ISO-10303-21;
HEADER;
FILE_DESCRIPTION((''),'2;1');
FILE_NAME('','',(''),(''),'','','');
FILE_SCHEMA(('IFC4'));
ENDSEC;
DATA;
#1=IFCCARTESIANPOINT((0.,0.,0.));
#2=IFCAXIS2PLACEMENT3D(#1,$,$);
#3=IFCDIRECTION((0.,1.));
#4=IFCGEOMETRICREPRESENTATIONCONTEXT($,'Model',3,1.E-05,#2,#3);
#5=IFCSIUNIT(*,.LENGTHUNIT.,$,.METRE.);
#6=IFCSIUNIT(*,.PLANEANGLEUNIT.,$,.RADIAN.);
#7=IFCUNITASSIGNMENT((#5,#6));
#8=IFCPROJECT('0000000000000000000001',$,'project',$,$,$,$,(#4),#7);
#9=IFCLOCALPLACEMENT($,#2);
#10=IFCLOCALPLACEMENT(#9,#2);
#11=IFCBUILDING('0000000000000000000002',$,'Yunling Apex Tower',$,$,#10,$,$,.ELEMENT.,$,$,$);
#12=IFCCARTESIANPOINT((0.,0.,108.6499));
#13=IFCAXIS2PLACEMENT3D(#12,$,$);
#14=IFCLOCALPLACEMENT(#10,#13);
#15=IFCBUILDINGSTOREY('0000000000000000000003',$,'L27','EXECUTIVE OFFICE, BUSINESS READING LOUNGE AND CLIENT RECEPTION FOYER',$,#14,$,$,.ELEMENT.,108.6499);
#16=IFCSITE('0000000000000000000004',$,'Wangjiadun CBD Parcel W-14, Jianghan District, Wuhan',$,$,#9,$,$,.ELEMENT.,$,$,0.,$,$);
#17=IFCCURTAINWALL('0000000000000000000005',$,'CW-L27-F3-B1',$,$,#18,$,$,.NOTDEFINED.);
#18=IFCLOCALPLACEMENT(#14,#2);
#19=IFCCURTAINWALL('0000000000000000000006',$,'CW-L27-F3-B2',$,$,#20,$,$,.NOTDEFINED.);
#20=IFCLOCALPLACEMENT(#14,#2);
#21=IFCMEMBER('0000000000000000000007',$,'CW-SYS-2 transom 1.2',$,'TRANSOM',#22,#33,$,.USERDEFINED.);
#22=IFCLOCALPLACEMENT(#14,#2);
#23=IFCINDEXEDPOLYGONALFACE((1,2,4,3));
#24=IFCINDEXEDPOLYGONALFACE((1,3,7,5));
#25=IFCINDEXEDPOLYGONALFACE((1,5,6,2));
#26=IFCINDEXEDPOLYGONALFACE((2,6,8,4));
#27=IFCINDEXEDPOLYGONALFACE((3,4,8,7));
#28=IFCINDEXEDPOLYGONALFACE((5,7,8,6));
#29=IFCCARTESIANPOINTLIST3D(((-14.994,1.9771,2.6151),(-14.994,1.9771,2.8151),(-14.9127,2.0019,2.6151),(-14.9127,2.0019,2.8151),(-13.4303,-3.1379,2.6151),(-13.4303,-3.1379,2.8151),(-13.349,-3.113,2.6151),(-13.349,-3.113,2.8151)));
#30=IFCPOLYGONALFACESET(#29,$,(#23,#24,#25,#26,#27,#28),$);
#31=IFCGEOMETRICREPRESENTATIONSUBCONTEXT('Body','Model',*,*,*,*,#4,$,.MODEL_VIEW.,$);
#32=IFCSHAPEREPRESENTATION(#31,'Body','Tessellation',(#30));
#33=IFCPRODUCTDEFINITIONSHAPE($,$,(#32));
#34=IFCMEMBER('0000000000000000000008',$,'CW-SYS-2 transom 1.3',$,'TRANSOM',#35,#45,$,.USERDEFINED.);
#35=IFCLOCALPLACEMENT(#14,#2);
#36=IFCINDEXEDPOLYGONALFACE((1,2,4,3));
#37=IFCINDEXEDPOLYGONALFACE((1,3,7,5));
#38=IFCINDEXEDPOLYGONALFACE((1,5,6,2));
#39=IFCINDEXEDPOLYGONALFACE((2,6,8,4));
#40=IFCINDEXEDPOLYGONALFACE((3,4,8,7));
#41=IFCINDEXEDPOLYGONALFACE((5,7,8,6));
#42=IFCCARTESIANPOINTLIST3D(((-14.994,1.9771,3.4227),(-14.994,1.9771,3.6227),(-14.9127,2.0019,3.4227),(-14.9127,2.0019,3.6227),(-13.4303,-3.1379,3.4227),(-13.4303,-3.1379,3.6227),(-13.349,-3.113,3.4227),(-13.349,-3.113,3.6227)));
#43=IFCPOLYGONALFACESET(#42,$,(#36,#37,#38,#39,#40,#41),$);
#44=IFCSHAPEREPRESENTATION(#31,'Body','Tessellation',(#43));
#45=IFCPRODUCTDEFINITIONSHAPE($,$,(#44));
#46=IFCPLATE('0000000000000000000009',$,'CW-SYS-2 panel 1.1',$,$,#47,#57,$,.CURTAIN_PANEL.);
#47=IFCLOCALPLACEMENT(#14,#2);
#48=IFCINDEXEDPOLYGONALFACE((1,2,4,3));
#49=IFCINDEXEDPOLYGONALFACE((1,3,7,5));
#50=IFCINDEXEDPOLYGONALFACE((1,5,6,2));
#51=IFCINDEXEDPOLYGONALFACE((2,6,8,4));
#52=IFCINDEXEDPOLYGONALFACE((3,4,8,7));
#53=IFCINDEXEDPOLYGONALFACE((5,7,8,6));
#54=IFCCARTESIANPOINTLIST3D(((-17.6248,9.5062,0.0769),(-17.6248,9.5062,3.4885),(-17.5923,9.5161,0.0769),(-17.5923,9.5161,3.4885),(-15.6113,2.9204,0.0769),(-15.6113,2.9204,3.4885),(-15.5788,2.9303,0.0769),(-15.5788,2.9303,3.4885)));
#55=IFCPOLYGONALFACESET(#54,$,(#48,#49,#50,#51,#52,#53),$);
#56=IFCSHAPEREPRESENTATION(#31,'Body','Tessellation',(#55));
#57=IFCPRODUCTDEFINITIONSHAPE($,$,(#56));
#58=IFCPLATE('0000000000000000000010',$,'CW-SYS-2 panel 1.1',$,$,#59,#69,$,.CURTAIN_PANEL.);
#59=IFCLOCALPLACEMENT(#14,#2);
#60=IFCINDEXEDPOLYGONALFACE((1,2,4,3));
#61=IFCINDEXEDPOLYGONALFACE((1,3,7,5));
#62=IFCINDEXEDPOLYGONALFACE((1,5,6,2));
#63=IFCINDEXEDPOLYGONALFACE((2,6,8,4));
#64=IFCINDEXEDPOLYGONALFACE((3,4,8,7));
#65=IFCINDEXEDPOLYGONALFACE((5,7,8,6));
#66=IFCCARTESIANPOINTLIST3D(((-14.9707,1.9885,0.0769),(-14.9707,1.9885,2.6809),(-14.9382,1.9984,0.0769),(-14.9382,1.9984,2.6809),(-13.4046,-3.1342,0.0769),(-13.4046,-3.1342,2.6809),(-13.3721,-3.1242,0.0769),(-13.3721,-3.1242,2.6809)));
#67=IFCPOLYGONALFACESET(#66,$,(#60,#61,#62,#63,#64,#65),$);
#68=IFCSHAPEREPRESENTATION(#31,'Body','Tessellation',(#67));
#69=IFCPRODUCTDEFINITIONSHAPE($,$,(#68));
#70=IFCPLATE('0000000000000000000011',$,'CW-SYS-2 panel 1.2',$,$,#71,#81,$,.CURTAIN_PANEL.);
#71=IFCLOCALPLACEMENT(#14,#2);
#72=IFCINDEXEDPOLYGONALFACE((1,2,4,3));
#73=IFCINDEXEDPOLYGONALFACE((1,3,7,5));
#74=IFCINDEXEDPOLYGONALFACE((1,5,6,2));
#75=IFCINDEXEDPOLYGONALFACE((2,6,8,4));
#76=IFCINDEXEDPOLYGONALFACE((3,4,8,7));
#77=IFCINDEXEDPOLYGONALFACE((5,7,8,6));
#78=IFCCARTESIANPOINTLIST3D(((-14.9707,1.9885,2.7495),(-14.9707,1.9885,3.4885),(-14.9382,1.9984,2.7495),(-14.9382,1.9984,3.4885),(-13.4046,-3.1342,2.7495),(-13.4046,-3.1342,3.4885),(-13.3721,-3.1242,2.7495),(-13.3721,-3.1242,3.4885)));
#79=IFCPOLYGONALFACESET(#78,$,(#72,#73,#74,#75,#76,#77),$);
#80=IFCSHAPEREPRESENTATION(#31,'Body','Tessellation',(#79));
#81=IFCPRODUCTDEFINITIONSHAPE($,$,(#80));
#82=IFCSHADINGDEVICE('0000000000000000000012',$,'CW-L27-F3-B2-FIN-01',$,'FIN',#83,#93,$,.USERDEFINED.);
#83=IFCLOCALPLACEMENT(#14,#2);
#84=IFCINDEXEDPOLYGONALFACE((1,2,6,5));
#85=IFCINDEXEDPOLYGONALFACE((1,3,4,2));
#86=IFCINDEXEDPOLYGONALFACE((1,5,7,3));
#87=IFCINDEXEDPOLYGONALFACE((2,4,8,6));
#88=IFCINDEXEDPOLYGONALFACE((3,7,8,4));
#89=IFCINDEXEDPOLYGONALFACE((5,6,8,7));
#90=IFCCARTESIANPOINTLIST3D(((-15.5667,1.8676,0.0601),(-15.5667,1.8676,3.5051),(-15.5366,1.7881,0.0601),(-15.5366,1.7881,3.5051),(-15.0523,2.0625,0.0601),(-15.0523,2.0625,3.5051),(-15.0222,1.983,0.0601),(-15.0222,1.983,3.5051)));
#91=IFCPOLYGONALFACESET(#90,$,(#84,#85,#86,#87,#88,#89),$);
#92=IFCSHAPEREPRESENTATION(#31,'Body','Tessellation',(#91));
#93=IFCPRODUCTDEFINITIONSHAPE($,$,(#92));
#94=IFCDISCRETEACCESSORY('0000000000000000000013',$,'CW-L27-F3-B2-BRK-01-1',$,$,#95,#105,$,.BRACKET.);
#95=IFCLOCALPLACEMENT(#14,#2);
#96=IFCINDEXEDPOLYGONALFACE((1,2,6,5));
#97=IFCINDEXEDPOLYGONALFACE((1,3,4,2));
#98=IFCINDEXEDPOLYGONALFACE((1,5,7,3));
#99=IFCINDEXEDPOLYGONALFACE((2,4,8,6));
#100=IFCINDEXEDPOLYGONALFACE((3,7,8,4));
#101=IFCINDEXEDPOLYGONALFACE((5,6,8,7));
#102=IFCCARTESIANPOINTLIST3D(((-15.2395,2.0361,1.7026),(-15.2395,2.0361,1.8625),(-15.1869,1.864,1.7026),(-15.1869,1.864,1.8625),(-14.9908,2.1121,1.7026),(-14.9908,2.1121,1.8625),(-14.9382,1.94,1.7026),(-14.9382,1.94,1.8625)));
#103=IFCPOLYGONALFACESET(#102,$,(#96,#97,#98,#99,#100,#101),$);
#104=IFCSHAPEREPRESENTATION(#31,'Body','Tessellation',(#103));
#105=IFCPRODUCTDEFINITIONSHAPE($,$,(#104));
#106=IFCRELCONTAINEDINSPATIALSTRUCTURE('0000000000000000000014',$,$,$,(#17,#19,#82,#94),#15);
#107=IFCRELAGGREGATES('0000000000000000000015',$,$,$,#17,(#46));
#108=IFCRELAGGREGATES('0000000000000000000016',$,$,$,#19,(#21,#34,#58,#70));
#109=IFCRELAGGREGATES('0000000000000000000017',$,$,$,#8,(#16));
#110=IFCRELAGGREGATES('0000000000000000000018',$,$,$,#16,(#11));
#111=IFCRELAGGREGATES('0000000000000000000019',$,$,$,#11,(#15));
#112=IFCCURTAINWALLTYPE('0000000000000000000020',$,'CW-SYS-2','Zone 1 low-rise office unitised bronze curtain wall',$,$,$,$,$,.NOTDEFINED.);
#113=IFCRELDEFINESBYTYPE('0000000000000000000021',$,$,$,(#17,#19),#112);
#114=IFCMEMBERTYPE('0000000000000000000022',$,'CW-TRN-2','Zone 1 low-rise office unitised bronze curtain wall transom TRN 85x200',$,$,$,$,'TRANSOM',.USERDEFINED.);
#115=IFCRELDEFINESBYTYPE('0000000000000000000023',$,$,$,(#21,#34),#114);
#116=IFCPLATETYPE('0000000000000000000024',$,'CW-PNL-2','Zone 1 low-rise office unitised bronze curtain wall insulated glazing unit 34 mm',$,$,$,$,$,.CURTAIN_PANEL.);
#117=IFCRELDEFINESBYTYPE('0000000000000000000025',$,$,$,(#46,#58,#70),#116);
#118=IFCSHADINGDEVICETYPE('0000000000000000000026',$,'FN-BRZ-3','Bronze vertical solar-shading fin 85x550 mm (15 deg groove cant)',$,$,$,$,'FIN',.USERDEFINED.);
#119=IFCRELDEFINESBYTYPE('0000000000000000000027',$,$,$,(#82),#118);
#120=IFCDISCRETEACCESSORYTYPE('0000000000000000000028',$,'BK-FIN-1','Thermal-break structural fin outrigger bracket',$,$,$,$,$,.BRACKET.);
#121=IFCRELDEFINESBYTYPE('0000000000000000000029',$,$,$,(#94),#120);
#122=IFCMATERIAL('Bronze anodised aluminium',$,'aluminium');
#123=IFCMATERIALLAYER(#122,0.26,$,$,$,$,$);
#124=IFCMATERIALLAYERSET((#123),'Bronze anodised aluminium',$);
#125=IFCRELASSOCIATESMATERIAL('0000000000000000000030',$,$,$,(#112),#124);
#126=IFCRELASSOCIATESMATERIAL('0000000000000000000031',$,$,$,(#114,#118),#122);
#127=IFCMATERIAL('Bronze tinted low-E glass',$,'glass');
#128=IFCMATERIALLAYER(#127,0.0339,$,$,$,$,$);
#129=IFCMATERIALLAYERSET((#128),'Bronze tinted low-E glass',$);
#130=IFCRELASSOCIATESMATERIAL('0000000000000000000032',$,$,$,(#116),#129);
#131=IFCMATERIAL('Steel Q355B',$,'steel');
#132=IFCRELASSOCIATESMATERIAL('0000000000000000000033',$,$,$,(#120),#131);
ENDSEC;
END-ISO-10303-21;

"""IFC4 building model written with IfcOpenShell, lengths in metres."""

from ifc_helpers import new_model, si_unit, direction, frame, origin, origin_2d, place, context, subcontext, project, spatial, rectangle, extrude, source, transform, mapped, material, layer, layer_set, material_profile, profile_set, type_object, element, aggregate, save


model = new_model("IFC4")

# Units and contexts
model_context = context("Model", 3, precision=1e-05, world=origin(), true_north=direction((0.0, 1.0)))
body_context = subcontext(model_context, "Body", "Model", "MODEL_VIEW")
ifc_project = project(units=[si_unit("LENGTHUNIT", "METRE"), si_unit("PLANEANGLEUNIT", "RADIAN")], contexts=[model_context])

# Site, building, storey
site_placement = place(None, origin())
site = spatial("IfcSite", under=ifc_project, at=site_placement, Name="Wangjiadun CBD Parcel W-14, Jianghan District, Wuhan", CompositionType="ELEMENT", RefElevation=0.0)
building_placement = place(site_placement, origin())
building = spatial("IfcBuilding", under=site, at=building_placement, Name="Yunling Apex Tower", CompositionType="ELEMENT")
storey_placement = place(building_placement, frame((0.0, 0.0, 108.6499)))
storey = spatial("IfcBuildingStorey", under=building, at=storey_placement, Name="L27", Description="EXECUTIVE OFFICE, BUSINESS READING LOUNGE AND CLIENT RECEPTION FOYER", CompositionType="ELEMENT", Elevation=108.6499)

# Shared definitions
ifc_material_1 = material(Name="Steel Q355B", Category="steel")

# Curtain wall
ifc_material_2 = material(Name="Bronze anodised aluminium", Category="aluminium")
ifc_layer_1 = layer(ifc_material_2, 0.26)
ifc_layer_set_1 = layer_set([ifc_layer_1], Name="Bronze anodised aluminium")
curtain_wall_type = type_object("IfcCurtainWallType", Name="CW-SYS-2", Description="Zone 1 low-rise office unitised bronze curtain wall", PredefinedType="NOTDEFINED", material=ifc_layer_set_1)
curtain_wall_1_placement = place(storey_placement, origin())
curtain_wall_1 = element("IfcCurtainWall", 1, at=curtain_wall_1_placement, inside=storey, type_object=curtain_wall_type, Name="CW-L27-F3-B1", PredefinedType="NOTDEFINED")

# Curtain wall, members
curtain_wall_2_placement = place(storey_placement, origin())
curtain_wall_2 = element("IfcCurtainWall", 2, at=curtain_wall_2_placement, inside=storey, type_object=curtain_wall_type, Name="CW-L27-F3-B2", PredefinedType="NOTDEFINED")
ifc_material_profile_1 = material_profile(ifc_material_2, rectangle(XDim=0.085, YDim=0.2, at=origin_2d()))
ifc_profile_set_1 = profile_set([ifc_material_profile_1], Name="Bronze anodised aluminium")
member_type_1 = type_object("IfcMemberType", Name="CW-TRN-2", Description="Zone 1 low-rise office unitised bronze curtain wall transom TRN 85x200", ElementType="TRANSOM", PredefinedType="USERDEFINED", material=ifc_profile_set_1)
shared_shape_1 = source(origin(), body_context, "Body", "SweptSolid", [
    extrude(rectangle(XDim=0.085, YDim=0.2, at=origin_2d()), origin(), (0.0, 0.0, 1.0), 5.3486),
])
member_1_placement = place(storey_placement, frame((-14.9534, 1.9895, 2.7151), z_axis=(0.292357, -0.956309, 0.0), x_axis=(0.956309, 0.292357, 0.0)))
member_1 = element("IfcMember", 3, at=member_1_placement, type_object=member_type_1, Name="CW-SYS-2 transom 1.2", ObjectType="TRANSOM", PredefinedType="USERDEFINED", context=body_context, shape_type="MappedRepresentation", body=[
    mapped(shared_shape_1, transform((0.0, 0.0, 0.0), scale=1.0)),
])
member_2_placement = place(storey_placement, frame((-14.9534, 1.9895, 3.5227), z_axis=(0.292357, -0.956309, 0.0), x_axis=(0.956309, 0.292357, 0.0)))
member_2 = element("IfcMember", 4, at=member_2_placement, type_object=member_type_1, Name="CW-SYS-2 transom 1.3", ObjectType="TRANSOM", PredefinedType="USERDEFINED", context=body_context, shape_type="MappedRepresentation", body=[
    mapped(shared_shape_1, transform((0.0, 0.0, 0.0), scale=1.0)),
])

# Plates
ifc_material_3 = material(Name="Bronze tinted low-E glass", Category="glass")
ifc_layer_2 = layer(ifc_material_3, 0.0339)
ifc_layer_set_2 = layer_set([ifc_layer_2], Name="Bronze tinted low-E glass")
plate_type = type_object("IfcPlateType", Name="CW-PNL-2", Description="Zone 1 low-rise office unitised bronze curtain wall insulated glazing unit 34 mm", PredefinedType="CURTAIN_PANEL", material=ifc_layer_set_2)
shared_shape_2 = source(origin(), body_context, "Body", "SweptSolid", [
    extrude(rectangle(XDim=6.8867, YDim=0.0339, at=origin_2d()), origin(), (0.0, 0.0, 1.0), 3.4116),
])
plate_1_placement = place(storey_placement, frame((-16.6018, 6.2183, 0.0769), z_axis=(0.0, 0.0, 1.0), x_axis=(0.292373, -0.956304, 0.0)))
plate_1 = element("IfcPlate", 5, at=plate_1_placement, type_object=plate_type, Name="CW-SYS-2 panel 1.1", PredefinedType="CURTAIN_PANEL", context=body_context, shape_type="MappedRepresentation", body=[
    mapped(shared_shape_2, transform((0.0, 0.0, 0.0), scale=1.0)),
])
aggregate(curtain_wall_1, [plate_1])
shared_shape_3 = source(origin(), body_context, "Body", "SweptSolid", [
    extrude(rectangle(XDim=5.3567, YDim=0.0339, at=origin_2d()), origin(), (0.0, 0.0, 1.0), 2.604),
])
plate_2_placement = place(storey_placement, frame((-14.1714, -0.5679, 0.0769), z_axis=(0.0, 0.0, 1.0), x_axis=(0.292364, -0.956307, 0.0)))
plate_2 = element("IfcPlate", 6, at=plate_2_placement, type_object=plate_type, Name="CW-SYS-2 panel 1.1", PredefinedType="CURTAIN_PANEL", context=body_context, shape_type="MappedRepresentation", body=[
    mapped(shared_shape_3, transform((0.0, 0.0, 0.0), scale=1.0)),
])
shared_shape_4 = source(origin(), body_context, "Body", "SweptSolid", [
    extrude(rectangle(XDim=5.3567, YDim=0.0339, at=origin_2d()), origin(), (0.0, 0.0, 1.0), 0.739),
])
plate_3_placement = place(storey_placement, frame((-14.1714, -0.5679, 2.7495), z_axis=(0.0, 0.0, 1.0), x_axis=(0.292364, -0.956307, 0.0)))
plate_3 = element("IfcPlate", 7, at=plate_3_placement, type_object=plate_type, Name="CW-SYS-2 panel 1.2", PredefinedType="CURTAIN_PANEL", context=body_context, shape_type="MappedRepresentation", body=[
    mapped(shared_shape_4, transform((0.0, 0.0, 0.0), scale=1.0)),
])
aggregate(curtain_wall_2, [member_1, member_2, plate_2, plate_3])

# Shading device
ifc_material_profile_2 = material_profile(ifc_material_2, rectangle(XDim=0.085, YDim=0.55, at=origin_2d()))
ifc_profile_set_2 = profile_set([ifc_material_profile_2], Name="Bronze anodised aluminium")
shading_device_type = type_object("IfcShadingDeviceType", Name="FN-BRZ-3", Description="Bronze vertical solar-shading fin 85x550 mm (15 deg groove cant)", ElementType="FIN", PredefinedType="USERDEFINED", material=ifc_profile_set_2)
shared_shape_5 = source(origin(), body_context, "Body", "SweptSolid", [
    extrude(rectangle(XDim=0.085, YDim=0.55, at=origin_2d()), origin(), (0.0, 0.0, 1.0), 3.4451),
])
shading_device_placement = place(storey_placement, frame((-15.2944, 1.9253, 0.0601), z_axis=(0.0, 0.0, 1.0), x_axis=(0.354291, -0.935135, 0.0)))
element("IfcShadingDevice", 8, at=shading_device_placement, inside=storey, type_object=shading_device_type, Name="CW-L27-F3-B2-FIN-01", ObjectType="FIN", PredefinedType="USERDEFINED", context=body_context, shape_type="MappedRepresentation", body=[
    mapped(shared_shape_5, transform((0.0, 0.0, 0.0), scale=1.0)),
])

# Discrete accessory
discrete_accessory_type = type_object("IfcDiscreteAccessoryType", Name="BK-FIN-1", Description="Thermal-break structural fin outrigger bracket", PredefinedType="BRACKET", material=ifc_material_1)
shared_shape_6 = source(origin(), body_context, "Body", "SweptSolid", [
    extrude(rectangle(XDim=0.1799, YDim=0.26, at=origin_2d()), origin(), (0.0, 0.0, 1.0), 0.1599),
])
discrete_accessory_placement = place(storey_placement, frame((-15.0889, 1.988, 1.7026), z_axis=(0.0, 0.0, 1.0), x_axis=(0.292372, -0.956305, 0.0)))
element("IfcDiscreteAccessory", 9, at=discrete_accessory_placement, inside=storey, type_object=discrete_accessory_type, Name="CW-L27-F3-B2-BRK-01-1", PredefinedType="BRACKET", context=body_context, shape_type="MappedRepresentation", body=[
    mapped(shared_shape_6, transform((0.0, 0.0, 0.0), scale=1.0)),
])

save(model, "model.ifc")
